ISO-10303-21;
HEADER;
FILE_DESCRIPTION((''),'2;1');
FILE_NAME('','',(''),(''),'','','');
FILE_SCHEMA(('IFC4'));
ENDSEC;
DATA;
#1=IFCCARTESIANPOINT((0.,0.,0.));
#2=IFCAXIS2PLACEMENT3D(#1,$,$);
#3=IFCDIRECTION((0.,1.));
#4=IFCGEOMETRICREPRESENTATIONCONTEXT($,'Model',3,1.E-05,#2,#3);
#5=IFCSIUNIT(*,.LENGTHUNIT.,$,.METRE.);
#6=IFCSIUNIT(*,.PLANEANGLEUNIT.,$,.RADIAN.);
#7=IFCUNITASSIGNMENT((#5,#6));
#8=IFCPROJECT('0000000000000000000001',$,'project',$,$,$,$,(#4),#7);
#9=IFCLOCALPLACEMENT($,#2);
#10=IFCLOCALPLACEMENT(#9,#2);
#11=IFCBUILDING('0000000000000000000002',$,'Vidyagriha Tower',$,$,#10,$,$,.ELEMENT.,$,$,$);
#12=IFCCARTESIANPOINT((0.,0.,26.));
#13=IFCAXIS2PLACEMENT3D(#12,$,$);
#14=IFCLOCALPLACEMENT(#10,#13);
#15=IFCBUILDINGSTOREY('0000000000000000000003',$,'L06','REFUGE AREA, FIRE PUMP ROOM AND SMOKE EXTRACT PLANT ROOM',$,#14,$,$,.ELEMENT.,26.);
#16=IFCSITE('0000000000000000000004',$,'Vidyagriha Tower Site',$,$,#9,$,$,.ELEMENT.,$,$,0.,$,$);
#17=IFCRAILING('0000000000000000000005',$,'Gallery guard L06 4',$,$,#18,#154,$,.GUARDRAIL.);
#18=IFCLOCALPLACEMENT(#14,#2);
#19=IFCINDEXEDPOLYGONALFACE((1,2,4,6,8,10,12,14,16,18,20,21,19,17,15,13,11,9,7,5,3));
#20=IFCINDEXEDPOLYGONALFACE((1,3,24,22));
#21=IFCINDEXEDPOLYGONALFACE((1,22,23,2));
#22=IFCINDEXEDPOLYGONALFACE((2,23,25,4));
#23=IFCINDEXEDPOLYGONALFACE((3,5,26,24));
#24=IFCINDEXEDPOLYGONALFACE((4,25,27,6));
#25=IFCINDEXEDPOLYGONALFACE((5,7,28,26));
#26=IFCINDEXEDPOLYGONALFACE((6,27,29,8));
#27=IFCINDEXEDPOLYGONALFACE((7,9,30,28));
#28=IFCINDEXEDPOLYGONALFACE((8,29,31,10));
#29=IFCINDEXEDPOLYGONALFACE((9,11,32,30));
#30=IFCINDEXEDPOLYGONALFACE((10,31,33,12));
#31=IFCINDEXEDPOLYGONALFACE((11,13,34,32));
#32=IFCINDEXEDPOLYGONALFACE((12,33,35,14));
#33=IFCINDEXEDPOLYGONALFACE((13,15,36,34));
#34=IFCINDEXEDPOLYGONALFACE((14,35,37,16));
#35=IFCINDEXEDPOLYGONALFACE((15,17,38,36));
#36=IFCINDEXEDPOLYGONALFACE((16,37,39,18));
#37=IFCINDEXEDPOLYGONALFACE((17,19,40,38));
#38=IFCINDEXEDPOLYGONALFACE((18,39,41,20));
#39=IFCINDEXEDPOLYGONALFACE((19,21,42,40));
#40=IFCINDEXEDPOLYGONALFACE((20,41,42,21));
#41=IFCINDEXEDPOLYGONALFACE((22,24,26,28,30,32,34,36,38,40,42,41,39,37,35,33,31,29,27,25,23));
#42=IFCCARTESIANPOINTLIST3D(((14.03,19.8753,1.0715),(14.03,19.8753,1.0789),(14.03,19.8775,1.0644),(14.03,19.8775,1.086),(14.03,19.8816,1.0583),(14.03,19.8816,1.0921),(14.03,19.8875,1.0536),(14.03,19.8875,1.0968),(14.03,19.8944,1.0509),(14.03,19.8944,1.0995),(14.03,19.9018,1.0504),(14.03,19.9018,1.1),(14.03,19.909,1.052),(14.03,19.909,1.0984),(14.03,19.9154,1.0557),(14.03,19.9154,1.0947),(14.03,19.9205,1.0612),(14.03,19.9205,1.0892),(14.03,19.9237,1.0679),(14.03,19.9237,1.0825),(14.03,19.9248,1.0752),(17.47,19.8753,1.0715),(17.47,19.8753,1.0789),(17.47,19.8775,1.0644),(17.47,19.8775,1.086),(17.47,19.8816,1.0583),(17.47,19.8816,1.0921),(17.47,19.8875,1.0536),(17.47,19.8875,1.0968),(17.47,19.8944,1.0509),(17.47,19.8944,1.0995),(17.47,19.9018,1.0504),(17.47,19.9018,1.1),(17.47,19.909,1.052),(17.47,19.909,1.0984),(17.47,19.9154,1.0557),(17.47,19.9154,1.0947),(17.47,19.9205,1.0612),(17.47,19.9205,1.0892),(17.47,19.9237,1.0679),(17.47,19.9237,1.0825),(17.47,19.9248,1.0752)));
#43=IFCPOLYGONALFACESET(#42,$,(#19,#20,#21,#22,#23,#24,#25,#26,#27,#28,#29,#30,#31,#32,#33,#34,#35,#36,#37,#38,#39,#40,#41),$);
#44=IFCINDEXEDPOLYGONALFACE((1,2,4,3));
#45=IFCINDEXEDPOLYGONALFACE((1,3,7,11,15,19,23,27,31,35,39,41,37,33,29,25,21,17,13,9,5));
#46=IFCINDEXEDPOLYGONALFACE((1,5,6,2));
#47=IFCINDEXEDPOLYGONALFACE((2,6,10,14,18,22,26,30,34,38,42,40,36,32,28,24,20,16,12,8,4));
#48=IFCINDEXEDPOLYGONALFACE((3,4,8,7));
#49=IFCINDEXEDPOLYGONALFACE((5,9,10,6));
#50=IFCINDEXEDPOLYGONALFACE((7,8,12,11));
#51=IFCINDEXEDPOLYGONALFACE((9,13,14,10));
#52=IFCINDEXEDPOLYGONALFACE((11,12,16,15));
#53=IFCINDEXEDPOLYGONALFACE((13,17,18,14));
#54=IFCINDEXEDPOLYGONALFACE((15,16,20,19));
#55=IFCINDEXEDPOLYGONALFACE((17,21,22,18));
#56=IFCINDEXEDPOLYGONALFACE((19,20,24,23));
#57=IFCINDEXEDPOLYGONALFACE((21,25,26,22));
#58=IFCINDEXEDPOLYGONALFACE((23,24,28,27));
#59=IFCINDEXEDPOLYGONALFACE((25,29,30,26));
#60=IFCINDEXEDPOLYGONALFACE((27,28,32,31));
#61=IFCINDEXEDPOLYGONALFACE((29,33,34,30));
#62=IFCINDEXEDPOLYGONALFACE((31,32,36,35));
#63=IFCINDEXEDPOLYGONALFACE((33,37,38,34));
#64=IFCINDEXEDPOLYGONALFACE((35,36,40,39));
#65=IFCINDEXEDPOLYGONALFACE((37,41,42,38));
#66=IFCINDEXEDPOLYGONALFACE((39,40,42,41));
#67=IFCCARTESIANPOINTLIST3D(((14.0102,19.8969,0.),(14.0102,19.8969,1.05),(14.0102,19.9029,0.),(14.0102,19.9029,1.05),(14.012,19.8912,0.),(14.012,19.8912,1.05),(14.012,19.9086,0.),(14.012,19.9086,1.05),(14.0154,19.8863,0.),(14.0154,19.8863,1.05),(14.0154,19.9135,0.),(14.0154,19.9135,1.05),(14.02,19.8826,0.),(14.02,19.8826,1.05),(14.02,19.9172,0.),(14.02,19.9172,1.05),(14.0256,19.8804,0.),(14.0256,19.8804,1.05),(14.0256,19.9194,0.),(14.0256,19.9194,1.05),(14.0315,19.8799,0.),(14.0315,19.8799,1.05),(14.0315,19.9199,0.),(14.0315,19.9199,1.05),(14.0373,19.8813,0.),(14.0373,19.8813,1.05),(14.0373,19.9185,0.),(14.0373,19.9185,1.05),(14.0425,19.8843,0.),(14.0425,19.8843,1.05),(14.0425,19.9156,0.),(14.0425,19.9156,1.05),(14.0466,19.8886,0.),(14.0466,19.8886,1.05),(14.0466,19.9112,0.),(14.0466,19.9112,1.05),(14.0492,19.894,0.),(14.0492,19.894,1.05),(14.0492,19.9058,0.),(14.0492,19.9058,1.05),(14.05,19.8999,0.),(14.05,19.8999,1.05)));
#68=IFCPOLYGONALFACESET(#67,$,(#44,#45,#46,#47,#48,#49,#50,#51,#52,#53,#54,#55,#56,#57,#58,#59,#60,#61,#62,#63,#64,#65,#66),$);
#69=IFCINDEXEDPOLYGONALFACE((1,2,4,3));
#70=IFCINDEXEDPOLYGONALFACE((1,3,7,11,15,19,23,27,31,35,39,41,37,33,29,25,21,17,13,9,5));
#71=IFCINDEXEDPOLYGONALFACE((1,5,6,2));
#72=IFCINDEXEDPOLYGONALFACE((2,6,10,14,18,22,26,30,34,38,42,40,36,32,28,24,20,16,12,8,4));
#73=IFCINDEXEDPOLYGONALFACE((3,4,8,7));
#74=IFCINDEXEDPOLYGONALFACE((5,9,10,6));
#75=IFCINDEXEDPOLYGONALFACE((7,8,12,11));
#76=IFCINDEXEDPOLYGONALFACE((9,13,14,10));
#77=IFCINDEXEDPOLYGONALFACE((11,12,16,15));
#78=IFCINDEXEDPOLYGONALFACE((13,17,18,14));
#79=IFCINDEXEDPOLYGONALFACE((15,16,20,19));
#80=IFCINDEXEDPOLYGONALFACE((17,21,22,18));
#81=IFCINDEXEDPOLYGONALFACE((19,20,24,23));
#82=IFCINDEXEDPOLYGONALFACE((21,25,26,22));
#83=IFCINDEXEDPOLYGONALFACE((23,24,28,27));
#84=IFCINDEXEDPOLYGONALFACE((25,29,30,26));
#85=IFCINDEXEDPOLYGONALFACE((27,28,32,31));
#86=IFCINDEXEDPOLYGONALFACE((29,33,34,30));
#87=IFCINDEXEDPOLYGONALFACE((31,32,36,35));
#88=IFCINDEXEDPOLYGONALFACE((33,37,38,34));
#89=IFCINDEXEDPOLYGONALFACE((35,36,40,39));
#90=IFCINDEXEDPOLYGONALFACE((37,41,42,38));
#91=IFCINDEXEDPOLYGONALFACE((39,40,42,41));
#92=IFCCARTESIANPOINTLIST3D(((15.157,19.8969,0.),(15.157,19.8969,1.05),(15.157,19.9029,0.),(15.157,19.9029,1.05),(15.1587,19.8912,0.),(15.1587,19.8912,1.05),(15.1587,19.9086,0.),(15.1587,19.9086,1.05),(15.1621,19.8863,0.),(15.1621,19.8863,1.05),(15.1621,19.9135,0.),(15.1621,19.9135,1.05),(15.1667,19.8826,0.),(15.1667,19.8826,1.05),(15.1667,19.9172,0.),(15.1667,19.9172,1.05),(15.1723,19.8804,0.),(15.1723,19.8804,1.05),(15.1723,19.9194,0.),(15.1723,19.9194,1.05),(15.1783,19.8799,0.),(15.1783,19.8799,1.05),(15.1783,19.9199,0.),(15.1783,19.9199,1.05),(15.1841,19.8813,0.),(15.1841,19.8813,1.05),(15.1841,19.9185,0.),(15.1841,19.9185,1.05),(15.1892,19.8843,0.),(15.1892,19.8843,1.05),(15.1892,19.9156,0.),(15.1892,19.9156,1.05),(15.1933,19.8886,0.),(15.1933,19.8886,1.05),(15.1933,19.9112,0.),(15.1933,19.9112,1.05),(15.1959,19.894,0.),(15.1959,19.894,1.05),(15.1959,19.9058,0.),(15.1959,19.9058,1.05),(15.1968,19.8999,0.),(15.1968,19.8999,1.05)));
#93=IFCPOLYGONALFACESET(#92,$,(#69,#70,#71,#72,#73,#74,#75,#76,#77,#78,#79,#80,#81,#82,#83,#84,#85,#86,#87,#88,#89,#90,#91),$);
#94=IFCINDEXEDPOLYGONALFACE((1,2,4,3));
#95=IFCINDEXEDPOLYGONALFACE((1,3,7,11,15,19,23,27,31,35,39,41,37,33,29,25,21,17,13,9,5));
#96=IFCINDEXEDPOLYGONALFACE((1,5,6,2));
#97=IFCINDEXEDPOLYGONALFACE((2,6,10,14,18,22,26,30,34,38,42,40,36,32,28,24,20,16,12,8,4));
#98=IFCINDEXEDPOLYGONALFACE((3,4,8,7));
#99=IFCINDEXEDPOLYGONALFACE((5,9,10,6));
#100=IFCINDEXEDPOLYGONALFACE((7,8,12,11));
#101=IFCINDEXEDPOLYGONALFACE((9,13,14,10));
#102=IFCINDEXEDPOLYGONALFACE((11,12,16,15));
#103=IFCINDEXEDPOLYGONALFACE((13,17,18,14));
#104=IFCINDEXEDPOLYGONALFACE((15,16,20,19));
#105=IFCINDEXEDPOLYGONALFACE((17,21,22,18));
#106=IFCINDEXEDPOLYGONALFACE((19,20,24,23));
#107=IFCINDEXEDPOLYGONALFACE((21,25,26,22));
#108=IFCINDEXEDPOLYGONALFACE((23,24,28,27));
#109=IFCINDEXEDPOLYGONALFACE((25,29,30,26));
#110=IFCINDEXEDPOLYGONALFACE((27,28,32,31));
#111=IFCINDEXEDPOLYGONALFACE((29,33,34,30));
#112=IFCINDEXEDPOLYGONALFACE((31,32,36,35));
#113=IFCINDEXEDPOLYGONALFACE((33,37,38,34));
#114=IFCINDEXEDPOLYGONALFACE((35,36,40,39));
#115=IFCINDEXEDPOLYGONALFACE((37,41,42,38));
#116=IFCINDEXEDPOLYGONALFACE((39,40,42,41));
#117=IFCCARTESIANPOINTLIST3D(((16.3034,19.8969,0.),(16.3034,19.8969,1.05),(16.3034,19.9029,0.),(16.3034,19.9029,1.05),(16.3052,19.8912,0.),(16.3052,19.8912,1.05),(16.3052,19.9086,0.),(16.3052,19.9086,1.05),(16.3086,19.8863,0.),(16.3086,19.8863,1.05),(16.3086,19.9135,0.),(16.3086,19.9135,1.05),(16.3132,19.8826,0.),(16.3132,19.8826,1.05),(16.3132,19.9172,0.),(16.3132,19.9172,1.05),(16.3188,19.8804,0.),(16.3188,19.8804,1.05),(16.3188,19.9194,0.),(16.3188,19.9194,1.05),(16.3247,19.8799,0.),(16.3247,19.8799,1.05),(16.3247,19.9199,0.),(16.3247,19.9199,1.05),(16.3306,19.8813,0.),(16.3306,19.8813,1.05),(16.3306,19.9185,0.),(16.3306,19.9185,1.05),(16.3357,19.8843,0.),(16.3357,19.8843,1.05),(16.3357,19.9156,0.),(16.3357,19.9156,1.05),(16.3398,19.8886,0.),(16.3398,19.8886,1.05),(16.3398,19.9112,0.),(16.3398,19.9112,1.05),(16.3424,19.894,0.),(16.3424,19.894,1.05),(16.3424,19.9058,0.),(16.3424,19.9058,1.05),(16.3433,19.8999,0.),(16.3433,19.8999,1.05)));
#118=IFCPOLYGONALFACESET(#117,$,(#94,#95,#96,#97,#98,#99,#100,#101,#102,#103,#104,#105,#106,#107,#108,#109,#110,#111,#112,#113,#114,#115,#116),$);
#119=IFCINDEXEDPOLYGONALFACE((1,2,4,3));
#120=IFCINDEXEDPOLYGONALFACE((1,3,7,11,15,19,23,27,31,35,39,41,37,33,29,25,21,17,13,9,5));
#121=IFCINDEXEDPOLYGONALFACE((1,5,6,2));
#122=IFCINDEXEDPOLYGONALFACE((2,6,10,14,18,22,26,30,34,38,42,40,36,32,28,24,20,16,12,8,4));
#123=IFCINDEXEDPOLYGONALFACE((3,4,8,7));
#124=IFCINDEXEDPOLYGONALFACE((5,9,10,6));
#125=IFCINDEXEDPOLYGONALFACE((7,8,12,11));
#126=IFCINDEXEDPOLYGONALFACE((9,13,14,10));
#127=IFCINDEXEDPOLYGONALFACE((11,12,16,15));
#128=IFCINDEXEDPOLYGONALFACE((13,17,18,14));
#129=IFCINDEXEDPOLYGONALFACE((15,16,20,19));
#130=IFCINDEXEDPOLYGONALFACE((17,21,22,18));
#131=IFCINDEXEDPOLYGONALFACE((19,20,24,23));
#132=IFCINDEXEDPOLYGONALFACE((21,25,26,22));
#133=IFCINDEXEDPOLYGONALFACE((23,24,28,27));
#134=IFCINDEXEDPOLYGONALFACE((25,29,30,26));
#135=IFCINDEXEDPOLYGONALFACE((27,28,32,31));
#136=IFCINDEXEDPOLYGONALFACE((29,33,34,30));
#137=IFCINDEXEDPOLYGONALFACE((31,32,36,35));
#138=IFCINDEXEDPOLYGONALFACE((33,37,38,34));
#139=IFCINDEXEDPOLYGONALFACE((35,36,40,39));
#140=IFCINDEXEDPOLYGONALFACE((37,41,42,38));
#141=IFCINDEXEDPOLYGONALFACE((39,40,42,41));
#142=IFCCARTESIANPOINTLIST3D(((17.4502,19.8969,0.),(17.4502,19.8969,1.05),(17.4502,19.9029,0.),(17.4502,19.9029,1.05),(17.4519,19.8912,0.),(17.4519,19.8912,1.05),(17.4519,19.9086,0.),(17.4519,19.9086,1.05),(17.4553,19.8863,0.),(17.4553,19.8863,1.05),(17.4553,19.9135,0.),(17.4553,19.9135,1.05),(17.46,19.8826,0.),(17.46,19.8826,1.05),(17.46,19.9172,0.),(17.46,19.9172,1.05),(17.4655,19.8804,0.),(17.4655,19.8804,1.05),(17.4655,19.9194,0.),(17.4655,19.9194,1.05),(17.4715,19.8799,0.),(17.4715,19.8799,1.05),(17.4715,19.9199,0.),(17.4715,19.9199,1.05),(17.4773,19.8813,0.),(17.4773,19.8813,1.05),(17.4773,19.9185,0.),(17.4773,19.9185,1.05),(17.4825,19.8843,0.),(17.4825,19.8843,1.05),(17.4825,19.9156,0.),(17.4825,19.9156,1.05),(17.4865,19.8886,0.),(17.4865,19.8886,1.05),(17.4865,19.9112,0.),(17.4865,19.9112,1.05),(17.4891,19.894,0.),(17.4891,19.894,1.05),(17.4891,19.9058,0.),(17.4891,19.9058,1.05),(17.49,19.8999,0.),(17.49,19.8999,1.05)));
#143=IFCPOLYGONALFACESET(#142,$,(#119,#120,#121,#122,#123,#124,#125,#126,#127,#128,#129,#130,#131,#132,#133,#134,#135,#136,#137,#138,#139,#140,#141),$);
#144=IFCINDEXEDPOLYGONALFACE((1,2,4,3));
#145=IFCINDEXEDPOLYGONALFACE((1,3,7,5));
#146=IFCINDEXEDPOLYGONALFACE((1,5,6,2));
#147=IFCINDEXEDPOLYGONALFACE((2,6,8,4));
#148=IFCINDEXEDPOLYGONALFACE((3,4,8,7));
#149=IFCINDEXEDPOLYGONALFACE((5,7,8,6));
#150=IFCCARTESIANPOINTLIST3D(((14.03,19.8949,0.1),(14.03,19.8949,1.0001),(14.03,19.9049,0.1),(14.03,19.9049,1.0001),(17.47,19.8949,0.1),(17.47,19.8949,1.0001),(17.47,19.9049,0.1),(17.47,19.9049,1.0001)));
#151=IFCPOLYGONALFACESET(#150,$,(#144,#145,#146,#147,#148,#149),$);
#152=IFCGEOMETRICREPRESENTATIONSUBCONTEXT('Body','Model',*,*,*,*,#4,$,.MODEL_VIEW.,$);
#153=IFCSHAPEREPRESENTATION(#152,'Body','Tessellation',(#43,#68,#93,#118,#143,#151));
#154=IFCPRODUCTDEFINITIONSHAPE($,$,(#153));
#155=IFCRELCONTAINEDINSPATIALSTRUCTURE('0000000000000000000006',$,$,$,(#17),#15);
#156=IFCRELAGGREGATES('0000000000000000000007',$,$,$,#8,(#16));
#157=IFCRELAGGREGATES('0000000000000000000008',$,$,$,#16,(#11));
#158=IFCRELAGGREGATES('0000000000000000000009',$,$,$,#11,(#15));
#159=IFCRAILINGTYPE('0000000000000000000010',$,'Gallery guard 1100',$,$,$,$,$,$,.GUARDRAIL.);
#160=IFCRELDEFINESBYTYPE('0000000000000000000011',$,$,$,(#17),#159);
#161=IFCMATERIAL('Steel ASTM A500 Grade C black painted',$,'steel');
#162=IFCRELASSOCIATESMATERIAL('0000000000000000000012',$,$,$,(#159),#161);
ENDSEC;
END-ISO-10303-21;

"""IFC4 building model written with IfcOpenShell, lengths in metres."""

from ifc_helpers import new_model, si_unit, direction, frame, origin, origin_2d, place, context, subcontext, project, spatial, rectangle, circle, extrude, material, type_object, element, save


model = new_model("IFC4")

# Units and contexts
model_context = context("Model", 3, precision=1e-05, world=origin(), true_north=direction((0.0, 1.0)))
body_context = subcontext(model_context, "Body", "Model", "MODEL_VIEW")
ifc_project = project(units=[si_unit("LENGTHUNIT", "METRE"), si_unit("PLANEANGLEUNIT", "RADIAN")], contexts=[model_context])

# Site, building, storey
site_placement = place(None, origin())
site = spatial("IfcSite", under=ifc_project, at=site_placement, Name="Vidyagriha Tower Site", CompositionType="ELEMENT", RefElevation=0.0)
building_placement = place(site_placement, origin())
building = spatial("IfcBuilding", under=site, at=building_placement, Name="Vidyagriha Tower", CompositionType="ELEMENT")
storey_placement = place(building_placement, frame((0.0, 0.0, 26.0)))
storey = spatial("IfcBuildingStorey", under=building, at=storey_placement, Name="L06", Description="REFUGE AREA, FIRE PUMP ROOM AND SMOKE EXTRACT PLANT ROOM", CompositionType="ELEMENT", Elevation=26.0)

# Railing
ifc_material_1 = material(Name="Steel ASTM A500 Grade C black painted", Category="steel")
railing_type_1 = type_object("IfcRailingType", Name="Gallery guard 1100", PredefinedType="GUARDRAIL", material=ifc_material_1)
railing_1_placement = place(storey_placement, frame((14.03, 19.8999, 0.0)))
element("IfcRailing", 1, at=railing_1_placement, inside=storey, type_object=railing_type_1, Name="Gallery guard L06 4", PredefinedType="GUARDRAIL", context=body_context, shape_type="SweptSolid", body=[
    extrude(circle(Radius=0.0249, at=origin_2d()), frame((0.0, 0.0, 1.0752), z_axis=(1.0, 0.0, 0.0), x_axis=(0.0, 1.0, 0.0)), (0.0, 0.0, 1.0), 3.4399),
    extrude(circle(Radius=0.02, at=origin_2d()), origin(), (0.0, 0.0, 1.0), 1.05),
    extrude(circle(Radius=0.02, at=origin_2d()), frame((1.1467, 0.0, 0.0)), (0.0, 0.0, 1.0), 1.05),
    extrude(circle(Radius=0.02, at=origin_2d()), frame((2.2932, 0.0, 0.0)), (0.0, 0.0, 1.0), 1.05),
    extrude(circle(Radius=0.02, at=origin_2d()), frame((3.4399, 0.0, 0.0)), (0.0, 0.0, 1.0), 1.05),
    extrude(rectangle(XDim=0.01, YDim=0.9001, at=origin_2d()), frame((0.0, 0.0, 0.55), z_axis=(1.0, 0.0, 0.0), x_axis=(0.0, 1.0, 0.0)), (0.0, 0.0, 1.0), 3.4399),
])

save(model, "model.ifc")
